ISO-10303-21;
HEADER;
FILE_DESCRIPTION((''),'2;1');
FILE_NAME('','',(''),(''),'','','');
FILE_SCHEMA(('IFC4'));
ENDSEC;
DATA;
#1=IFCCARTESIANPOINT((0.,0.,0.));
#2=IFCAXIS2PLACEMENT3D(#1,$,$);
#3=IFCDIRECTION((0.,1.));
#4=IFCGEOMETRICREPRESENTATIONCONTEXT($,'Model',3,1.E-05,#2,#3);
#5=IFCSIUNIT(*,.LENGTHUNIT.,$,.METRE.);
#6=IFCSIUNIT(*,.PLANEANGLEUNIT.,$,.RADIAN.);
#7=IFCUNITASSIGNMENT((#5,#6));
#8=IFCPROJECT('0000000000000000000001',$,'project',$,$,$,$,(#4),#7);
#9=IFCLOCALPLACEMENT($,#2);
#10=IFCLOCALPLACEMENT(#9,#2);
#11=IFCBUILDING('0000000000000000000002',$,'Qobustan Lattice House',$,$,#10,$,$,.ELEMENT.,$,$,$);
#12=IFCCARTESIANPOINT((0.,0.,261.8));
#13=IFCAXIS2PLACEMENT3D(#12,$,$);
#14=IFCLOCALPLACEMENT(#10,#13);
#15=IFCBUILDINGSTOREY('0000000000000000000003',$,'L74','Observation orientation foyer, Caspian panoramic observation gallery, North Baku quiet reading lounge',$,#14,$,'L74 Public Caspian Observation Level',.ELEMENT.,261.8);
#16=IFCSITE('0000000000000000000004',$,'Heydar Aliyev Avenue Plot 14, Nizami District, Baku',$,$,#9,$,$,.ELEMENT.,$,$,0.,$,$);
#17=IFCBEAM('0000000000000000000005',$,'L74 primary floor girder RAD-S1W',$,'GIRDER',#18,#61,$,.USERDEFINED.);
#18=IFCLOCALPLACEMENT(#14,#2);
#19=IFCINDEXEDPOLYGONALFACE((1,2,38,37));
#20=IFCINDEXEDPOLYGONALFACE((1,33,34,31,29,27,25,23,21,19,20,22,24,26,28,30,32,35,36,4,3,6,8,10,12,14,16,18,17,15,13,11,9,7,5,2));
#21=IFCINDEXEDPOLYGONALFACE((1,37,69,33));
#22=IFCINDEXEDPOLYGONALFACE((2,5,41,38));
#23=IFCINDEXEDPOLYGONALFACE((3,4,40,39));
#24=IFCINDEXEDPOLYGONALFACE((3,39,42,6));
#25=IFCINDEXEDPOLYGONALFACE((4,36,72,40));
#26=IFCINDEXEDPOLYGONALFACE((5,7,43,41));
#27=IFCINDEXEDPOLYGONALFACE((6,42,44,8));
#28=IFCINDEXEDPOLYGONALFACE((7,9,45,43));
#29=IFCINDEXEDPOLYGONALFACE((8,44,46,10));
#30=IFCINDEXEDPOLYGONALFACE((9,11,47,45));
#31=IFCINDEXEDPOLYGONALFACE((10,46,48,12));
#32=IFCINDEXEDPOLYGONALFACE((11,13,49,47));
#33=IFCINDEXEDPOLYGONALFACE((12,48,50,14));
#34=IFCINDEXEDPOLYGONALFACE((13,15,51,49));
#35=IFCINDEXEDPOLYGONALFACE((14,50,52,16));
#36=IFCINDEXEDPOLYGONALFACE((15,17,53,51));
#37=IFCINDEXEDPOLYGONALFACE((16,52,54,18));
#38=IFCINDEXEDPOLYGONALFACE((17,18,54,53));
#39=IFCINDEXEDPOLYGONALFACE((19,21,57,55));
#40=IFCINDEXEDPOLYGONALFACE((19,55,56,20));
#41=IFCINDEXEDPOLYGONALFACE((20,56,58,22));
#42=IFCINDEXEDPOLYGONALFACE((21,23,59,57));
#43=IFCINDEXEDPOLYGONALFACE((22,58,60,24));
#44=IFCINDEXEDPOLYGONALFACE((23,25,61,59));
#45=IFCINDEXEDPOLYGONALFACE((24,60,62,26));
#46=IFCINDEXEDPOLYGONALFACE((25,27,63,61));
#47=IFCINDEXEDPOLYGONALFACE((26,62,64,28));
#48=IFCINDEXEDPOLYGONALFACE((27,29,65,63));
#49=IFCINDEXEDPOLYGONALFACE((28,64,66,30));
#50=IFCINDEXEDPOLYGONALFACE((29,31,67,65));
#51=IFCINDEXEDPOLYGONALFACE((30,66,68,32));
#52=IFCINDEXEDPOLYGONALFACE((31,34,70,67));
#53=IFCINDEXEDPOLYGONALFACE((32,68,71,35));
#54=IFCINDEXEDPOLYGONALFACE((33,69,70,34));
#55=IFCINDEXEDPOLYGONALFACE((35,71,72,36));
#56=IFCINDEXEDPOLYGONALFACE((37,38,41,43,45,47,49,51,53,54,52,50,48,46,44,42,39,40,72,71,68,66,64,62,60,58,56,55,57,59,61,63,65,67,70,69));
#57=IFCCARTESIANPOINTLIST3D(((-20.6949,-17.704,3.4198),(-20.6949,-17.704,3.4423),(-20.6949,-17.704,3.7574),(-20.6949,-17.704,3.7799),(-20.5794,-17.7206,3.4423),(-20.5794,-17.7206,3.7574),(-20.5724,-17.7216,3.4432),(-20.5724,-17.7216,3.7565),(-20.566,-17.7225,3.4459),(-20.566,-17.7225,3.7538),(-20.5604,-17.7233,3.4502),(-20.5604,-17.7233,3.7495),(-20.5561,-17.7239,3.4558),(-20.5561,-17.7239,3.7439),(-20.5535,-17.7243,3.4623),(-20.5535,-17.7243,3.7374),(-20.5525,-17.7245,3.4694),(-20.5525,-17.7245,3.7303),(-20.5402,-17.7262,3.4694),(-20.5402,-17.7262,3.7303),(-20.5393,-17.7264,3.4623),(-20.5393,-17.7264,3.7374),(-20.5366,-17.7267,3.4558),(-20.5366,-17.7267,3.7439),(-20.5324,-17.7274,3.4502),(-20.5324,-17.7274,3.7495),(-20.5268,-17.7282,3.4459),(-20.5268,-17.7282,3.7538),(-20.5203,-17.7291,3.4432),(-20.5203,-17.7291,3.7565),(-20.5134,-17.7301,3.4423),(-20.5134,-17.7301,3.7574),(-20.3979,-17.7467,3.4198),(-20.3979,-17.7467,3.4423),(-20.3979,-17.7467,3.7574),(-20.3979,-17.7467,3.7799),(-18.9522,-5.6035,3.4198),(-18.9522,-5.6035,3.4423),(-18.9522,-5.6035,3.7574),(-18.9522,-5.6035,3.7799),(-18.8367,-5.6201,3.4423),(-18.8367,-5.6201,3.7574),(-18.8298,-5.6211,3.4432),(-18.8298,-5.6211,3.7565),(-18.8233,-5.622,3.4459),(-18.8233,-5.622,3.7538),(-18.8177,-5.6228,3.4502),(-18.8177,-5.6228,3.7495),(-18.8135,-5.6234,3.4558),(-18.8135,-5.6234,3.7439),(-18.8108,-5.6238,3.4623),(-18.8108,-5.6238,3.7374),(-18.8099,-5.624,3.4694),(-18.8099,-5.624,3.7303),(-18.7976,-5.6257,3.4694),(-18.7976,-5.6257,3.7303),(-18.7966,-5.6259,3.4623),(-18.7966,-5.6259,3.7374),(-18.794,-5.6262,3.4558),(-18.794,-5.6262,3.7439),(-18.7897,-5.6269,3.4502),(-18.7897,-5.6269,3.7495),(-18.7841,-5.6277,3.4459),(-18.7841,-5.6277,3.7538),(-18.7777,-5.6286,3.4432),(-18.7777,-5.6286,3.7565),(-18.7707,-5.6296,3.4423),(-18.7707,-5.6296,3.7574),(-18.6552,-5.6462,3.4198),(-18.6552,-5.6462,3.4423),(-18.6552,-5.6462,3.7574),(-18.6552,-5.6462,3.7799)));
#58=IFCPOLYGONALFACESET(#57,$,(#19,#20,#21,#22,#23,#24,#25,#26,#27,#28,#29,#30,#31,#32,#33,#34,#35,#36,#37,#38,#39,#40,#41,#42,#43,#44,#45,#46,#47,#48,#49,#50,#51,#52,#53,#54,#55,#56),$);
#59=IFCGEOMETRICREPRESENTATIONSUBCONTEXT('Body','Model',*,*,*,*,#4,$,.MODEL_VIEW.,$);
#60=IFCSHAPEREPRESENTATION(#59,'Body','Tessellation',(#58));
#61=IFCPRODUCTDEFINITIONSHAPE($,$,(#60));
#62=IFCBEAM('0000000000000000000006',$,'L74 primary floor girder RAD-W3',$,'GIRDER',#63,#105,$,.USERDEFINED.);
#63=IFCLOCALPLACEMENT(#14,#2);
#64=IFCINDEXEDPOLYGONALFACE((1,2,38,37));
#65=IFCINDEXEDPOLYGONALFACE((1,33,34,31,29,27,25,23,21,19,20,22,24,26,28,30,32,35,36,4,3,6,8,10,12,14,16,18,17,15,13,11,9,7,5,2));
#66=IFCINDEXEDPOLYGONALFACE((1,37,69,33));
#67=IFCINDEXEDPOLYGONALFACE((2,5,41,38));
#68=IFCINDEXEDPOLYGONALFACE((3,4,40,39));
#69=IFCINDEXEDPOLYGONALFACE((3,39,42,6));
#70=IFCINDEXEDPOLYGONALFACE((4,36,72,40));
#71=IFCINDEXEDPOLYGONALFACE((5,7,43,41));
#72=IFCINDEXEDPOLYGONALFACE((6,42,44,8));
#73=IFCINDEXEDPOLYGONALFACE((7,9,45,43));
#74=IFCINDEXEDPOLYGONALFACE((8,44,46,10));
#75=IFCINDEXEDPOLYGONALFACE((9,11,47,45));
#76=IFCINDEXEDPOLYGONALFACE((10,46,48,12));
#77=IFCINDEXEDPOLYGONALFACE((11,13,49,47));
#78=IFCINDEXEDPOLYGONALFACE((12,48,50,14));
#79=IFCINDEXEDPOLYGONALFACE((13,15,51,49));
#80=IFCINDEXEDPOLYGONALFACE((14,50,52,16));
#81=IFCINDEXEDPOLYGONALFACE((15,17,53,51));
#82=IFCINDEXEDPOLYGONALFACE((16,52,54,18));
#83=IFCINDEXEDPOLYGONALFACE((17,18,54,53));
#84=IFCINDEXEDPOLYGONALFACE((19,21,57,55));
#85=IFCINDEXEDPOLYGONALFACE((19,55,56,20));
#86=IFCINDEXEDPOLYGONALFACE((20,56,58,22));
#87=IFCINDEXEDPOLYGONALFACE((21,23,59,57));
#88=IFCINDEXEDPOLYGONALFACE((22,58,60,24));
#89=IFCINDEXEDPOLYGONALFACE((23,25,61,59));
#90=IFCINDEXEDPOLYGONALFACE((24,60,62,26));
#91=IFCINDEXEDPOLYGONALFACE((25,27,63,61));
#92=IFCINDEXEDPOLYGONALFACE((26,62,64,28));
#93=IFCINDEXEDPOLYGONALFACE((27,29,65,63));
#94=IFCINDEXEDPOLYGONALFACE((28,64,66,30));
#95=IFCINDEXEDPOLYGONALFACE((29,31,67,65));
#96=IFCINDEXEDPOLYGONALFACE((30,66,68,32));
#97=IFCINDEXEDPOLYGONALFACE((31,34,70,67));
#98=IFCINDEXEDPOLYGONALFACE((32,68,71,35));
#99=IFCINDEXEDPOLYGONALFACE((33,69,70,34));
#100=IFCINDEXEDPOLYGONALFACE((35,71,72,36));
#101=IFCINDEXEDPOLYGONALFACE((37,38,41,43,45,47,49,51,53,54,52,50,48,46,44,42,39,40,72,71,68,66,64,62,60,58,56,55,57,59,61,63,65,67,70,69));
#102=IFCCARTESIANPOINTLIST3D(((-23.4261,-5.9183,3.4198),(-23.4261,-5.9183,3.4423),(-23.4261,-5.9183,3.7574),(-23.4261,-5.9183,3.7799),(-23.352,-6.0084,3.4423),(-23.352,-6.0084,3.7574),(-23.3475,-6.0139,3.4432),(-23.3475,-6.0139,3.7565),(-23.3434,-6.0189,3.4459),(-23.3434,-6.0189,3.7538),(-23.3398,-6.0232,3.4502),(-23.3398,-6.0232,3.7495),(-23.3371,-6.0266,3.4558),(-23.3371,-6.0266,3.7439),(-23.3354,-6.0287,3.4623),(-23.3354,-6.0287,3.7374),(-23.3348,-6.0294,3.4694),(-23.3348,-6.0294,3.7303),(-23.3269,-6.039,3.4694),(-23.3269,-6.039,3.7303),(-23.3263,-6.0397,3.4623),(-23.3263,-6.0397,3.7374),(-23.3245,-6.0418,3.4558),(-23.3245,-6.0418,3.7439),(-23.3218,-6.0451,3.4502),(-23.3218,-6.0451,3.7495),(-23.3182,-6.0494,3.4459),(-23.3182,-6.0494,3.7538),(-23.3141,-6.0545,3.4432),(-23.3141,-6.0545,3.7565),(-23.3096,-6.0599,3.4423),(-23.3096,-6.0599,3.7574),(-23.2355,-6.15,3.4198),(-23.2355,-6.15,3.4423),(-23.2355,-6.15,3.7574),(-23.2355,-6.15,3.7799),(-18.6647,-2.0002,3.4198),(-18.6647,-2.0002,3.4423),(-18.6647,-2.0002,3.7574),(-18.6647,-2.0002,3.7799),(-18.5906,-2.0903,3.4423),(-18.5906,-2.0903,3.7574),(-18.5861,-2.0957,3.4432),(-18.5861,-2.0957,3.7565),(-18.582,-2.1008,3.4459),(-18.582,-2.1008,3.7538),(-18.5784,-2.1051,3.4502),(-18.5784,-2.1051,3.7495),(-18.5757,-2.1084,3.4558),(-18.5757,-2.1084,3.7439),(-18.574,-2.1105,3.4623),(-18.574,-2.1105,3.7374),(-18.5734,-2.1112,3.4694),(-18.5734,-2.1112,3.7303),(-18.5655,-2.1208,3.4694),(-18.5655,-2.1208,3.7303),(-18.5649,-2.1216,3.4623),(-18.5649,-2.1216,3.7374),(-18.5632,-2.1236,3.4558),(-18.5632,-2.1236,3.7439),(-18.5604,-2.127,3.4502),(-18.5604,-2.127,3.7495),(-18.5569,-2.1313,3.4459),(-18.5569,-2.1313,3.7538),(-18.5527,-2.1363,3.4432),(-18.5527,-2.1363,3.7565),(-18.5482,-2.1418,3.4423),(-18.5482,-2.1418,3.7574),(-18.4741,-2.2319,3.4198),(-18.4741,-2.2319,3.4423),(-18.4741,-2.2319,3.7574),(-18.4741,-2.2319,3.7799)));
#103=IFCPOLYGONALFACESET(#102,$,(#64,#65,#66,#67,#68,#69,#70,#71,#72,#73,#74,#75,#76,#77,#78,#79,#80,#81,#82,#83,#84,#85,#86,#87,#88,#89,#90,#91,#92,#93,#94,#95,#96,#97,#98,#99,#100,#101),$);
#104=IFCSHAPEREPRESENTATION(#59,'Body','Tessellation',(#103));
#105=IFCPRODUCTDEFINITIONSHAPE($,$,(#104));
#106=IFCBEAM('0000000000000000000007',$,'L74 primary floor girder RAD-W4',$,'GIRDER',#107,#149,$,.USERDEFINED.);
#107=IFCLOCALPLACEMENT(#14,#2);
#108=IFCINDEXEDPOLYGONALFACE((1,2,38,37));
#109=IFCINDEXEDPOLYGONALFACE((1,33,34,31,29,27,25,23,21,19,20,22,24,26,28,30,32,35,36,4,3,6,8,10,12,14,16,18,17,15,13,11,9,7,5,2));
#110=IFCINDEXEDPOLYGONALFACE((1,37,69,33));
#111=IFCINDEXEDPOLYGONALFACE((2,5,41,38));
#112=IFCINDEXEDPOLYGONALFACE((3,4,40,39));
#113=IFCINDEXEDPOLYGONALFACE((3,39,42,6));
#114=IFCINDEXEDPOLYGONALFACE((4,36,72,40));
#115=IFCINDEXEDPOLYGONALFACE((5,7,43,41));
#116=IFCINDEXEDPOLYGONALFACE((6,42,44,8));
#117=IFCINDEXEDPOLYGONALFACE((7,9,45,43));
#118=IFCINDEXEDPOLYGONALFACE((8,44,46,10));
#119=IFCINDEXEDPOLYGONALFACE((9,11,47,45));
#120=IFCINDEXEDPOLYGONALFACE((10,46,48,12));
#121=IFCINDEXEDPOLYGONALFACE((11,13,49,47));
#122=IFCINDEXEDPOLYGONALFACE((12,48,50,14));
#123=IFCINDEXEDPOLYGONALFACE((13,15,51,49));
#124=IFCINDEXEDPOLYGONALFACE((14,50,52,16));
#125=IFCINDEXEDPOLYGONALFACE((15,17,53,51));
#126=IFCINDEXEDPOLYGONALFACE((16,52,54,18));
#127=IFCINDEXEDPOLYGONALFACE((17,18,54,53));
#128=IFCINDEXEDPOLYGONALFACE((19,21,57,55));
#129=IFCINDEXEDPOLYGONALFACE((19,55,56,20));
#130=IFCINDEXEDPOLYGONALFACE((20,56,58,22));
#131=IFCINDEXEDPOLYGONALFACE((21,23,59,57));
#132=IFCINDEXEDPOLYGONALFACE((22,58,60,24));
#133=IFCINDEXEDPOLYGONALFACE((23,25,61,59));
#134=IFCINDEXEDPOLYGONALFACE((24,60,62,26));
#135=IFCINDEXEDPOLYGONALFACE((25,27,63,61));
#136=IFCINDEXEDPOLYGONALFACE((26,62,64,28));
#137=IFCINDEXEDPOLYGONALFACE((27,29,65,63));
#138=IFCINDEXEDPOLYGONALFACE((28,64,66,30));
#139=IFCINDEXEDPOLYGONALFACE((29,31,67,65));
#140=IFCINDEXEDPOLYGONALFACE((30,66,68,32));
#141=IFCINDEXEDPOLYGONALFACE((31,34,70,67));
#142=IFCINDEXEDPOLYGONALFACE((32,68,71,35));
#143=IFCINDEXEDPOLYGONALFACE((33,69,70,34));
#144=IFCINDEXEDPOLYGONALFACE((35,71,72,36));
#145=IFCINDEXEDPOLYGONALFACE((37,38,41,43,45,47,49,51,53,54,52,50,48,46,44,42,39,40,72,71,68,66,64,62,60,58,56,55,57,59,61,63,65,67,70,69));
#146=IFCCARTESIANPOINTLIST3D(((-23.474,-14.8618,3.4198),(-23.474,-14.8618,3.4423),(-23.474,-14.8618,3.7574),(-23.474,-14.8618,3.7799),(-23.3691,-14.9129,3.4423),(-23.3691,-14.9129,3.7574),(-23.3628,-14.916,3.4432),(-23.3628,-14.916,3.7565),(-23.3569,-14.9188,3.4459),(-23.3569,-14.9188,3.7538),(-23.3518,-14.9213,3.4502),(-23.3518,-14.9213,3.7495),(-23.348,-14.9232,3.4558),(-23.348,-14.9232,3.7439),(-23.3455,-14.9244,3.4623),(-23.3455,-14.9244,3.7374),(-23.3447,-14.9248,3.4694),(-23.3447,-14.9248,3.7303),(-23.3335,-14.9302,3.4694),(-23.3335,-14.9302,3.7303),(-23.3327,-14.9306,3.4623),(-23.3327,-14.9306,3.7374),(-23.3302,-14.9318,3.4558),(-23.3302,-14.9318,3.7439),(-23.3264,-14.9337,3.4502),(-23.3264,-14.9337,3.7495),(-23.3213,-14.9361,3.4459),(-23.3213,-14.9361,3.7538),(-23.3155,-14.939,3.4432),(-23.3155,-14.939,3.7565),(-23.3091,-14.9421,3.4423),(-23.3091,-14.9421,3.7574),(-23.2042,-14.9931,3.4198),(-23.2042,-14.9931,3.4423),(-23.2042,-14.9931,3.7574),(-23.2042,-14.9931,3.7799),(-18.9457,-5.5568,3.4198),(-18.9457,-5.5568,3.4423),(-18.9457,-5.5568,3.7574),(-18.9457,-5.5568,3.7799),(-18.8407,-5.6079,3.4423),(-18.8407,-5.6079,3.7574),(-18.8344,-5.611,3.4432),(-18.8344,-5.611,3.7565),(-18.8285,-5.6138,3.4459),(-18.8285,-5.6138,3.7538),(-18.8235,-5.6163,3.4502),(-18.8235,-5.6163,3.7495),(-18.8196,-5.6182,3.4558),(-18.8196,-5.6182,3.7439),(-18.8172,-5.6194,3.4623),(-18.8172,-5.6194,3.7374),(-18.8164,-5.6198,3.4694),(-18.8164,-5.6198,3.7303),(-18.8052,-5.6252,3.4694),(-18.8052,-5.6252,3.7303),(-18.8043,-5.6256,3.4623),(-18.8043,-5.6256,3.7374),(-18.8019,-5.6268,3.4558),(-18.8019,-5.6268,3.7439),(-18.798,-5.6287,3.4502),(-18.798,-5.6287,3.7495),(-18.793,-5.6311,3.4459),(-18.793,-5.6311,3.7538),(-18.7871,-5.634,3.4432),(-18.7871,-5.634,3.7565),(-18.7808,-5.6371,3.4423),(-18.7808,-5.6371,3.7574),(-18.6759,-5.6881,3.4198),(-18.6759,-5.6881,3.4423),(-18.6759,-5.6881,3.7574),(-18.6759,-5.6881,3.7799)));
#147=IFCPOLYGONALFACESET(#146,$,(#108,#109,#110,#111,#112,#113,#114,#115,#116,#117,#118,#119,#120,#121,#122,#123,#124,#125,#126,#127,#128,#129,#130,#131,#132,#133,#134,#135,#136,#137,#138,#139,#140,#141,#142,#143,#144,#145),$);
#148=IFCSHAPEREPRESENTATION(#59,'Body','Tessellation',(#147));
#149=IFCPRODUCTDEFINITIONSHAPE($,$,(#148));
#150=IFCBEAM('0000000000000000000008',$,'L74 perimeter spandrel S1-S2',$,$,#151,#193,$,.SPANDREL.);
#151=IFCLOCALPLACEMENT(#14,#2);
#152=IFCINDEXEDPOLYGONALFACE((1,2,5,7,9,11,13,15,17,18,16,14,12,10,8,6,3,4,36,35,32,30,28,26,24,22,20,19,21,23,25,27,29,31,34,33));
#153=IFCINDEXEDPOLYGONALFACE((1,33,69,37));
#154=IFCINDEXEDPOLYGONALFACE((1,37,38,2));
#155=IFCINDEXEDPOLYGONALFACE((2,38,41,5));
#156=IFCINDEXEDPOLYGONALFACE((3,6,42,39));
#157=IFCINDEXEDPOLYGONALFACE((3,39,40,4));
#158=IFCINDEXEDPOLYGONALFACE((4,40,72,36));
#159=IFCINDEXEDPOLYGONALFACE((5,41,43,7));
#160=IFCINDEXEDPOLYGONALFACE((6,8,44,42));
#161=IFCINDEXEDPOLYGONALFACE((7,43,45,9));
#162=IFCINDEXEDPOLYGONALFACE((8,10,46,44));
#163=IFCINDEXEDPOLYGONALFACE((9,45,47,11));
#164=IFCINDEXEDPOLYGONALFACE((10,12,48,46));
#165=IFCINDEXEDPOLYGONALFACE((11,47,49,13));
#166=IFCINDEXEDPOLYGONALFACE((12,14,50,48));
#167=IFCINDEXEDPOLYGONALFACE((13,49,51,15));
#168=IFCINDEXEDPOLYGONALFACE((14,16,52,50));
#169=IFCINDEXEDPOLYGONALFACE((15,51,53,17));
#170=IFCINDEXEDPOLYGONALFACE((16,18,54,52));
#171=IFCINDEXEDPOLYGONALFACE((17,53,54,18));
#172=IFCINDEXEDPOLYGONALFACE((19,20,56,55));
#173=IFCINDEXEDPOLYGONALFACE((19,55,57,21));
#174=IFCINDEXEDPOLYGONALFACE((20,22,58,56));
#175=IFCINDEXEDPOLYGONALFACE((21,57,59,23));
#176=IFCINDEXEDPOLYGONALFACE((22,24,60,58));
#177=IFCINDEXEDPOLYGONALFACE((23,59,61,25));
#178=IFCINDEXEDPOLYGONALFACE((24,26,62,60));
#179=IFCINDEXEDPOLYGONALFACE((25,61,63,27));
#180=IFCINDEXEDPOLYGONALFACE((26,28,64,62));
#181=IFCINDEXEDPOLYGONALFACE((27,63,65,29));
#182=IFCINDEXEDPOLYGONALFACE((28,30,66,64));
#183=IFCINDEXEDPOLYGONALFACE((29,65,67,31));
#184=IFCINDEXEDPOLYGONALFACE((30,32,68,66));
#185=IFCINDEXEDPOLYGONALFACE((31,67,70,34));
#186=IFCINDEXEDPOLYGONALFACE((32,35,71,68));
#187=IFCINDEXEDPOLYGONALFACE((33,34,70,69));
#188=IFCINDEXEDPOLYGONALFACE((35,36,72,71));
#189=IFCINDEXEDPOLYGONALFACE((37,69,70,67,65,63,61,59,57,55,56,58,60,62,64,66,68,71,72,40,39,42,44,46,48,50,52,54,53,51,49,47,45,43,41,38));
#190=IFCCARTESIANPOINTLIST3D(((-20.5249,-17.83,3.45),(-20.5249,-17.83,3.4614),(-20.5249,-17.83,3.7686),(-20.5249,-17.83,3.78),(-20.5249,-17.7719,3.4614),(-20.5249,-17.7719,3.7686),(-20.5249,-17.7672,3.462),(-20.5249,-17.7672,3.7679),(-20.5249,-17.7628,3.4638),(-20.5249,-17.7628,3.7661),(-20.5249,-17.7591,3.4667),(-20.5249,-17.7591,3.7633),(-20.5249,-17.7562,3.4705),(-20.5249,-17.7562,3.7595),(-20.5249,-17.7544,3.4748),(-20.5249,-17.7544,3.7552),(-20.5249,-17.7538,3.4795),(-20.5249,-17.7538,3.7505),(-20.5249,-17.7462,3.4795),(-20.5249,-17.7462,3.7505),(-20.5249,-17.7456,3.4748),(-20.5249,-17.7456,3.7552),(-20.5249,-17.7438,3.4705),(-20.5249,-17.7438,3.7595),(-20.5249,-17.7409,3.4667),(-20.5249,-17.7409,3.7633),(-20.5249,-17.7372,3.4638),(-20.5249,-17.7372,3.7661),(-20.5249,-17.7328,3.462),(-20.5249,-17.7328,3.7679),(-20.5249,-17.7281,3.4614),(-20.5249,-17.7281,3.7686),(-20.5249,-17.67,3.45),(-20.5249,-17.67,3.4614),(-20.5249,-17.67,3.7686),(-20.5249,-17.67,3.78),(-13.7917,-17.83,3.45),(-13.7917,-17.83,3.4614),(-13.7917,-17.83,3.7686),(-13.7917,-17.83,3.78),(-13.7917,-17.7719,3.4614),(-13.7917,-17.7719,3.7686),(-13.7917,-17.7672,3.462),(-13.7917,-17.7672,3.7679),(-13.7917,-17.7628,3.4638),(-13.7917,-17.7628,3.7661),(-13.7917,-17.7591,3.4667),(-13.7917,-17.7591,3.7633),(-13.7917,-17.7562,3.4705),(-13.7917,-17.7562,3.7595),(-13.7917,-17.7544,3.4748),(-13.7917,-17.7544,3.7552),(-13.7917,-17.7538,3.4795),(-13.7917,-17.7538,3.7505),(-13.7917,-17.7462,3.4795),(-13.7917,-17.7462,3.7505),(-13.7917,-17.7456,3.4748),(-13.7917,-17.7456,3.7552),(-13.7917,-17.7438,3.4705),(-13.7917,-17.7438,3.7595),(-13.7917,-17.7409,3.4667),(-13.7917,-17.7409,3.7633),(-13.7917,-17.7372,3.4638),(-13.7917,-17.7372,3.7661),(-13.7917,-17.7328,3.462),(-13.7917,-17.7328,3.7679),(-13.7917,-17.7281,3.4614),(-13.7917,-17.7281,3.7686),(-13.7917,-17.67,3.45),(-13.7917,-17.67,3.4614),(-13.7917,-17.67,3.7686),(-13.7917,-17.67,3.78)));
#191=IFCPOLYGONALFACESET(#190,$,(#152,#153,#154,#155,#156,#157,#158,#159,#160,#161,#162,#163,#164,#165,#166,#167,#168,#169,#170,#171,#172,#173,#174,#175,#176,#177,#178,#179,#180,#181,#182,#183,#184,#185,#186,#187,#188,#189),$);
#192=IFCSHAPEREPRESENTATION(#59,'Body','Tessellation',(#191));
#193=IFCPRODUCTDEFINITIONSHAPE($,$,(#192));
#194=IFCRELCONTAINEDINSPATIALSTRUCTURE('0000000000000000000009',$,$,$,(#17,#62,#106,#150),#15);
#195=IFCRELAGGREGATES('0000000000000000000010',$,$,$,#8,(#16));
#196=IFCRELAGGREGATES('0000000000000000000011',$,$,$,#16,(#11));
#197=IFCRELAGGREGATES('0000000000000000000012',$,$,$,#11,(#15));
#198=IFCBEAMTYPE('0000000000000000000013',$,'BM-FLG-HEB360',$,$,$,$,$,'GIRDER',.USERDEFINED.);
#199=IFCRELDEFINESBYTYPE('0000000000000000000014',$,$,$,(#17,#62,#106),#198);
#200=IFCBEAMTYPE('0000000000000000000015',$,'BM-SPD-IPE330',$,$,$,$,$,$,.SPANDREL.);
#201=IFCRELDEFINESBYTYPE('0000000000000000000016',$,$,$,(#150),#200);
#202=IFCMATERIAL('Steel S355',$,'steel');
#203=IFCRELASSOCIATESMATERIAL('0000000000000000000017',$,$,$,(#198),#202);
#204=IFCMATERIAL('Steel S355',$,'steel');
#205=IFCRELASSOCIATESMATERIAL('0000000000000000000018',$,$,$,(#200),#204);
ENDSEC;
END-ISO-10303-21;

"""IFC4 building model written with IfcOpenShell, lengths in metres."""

from ifc_helpers import new_model, si_unit, direction, frame, origin, origin_2d, place, context, subcontext, project, spatial, i_section, extrude, material, material_profile, profile_set, type_object, element, save


model = new_model("IFC4")

# Units and contexts
model_context = context("Model", 3, precision=1e-05, world=origin(), true_north=direction((0.0, 1.0)))
body_context = subcontext(model_context, "Body", "Model", "MODEL_VIEW")
ifc_project = project(units=[si_unit("LENGTHUNIT", "METRE"), si_unit("PLANEANGLEUNIT", "RADIAN")], contexts=[model_context])

# Site, building, storey
site_placement = place(None, origin())
site = spatial("IfcSite", under=ifc_project, at=site_placement, Name="Heydar Aliyev Avenue Plot 14, Nizami District, Baku", CompositionType="ELEMENT", RefElevation=0.0)
building_placement = place(site_placement, origin())
building = spatial("IfcBuilding", under=site, at=building_placement, Name="Qobustan Lattice House", CompositionType="ELEMENT")
storey_placement = place(building_placement, frame((0.0, 0.0, 261.8)))
storey = spatial("IfcBuildingStorey", under=building, at=storey_placement, Name="L74", Description="Observation orientation foyer, Caspian panoramic observation gallery, North Baku quiet reading lounge", LongName="L74 Public Caspian Observation Level", CompositionType="ELEMENT", Elevation=261.8)

# Beams
ifc_material_1 = material(Name="Steel S355", Category="steel")
ifc_material_profile_1 = material_profile(ifc_material_1, i_section(OverallWidth=0.3, OverallDepth=0.3601, WebThickness=0.0125, FlangeThickness=0.0225, FilletRadius=0.0271, at=origin_2d()), Name="HEB360")
ifc_profile_set_1 = profile_set([ifc_material_profile_1], Name="Steel S355")
beam_type_1 = type_object("IfcBeamType", Name="BM-FLG-HEB360", ElementType="GIRDER", PredefinedType="USERDEFINED", material=ifc_profile_set_1)
beam_1_placement = place(storey_placement, frame((-20.5464, -17.7253, 3.5999), z_axis=(0.142545, 0.989788, 0.0), x_axis=(-0.989788, 0.142545, 0.0)))
element("IfcBeam", 1, at=beam_1_placement, inside=storey, type_object=beam_type_1, Name="L74 primary floor girder RAD-S1W", ObjectType="GIRDER", PredefinedType="USERDEFINED", context=body_context, shape_type="SweptSolid", body=[
    extrude(i_section(OverallWidth=0.3, OverallDepth=0.3601, WebThickness=0.0125, FlangeThickness=0.0225, FilletRadius=0.0271, at=origin_2d()), origin(), (0.0, 0.0, 1.0), 12.2253),
])
beam_2_placement = place(storey_placement, frame((-23.3308, -6.0342, 3.5999), z_axis=(0.772169, 0.635417, 0.0), x_axis=(-0.635417, 0.772169, 0.0)))
element("IfcBeam", 2, at=beam_2_placement, inside=storey, type_object=beam_type_1, Name="L74 primary floor girder RAD-W3", ObjectType="GIRDER", PredefinedType="USERDEFINED", context=body_context, shape_type="SweptSolid", body=[
    extrude(i_section(OverallWidth=0.3, OverallDepth=0.3601, WebThickness=0.0125, FlangeThickness=0.0225, FilletRadius=0.0271, at=origin_2d()), origin(), (0.0, 0.0, 1.0), 6.1663),
])
beam_3_placement = place(storey_placement, frame((-23.3391, -14.9275, 3.5999), z_axis=(0.43759, 0.899174, 0.0), x_axis=(-0.899174, 0.43759, 0.0)))
element("IfcBeam", 3, at=beam_3_placement, inside=storey, type_object=beam_type_1, Name="L74 primary floor girder RAD-W4", ObjectType="GIRDER", PredefinedType="USERDEFINED", context=body_context, shape_type="SweptSolid", body=[
    extrude(i_section(OverallWidth=0.3, OverallDepth=0.3601, WebThickness=0.0125, FlangeThickness=0.0225, FilletRadius=0.0271, at=origin_2d()), origin(), (0.0, 0.0, 1.0), 10.3484),
])
ifc_material_2 = material(Name="Steel S355", Category="steel")
ifc_material_profile_2 = material_profile(ifc_material_2, i_section(OverallWidth=0.1599, OverallDepth=0.3301, WebThickness=0.0076, FlangeThickness=0.0115, FilletRadius=0.0181, at=origin_2d()), Name="IPE330")
ifc_profile_set_2 = profile_set([ifc_material_profile_2], Name="Steel S355")
beam_type_2 = type_object("IfcBeamType", Name="BM-SPD-IPE330", PredefinedType="SPANDREL", material=ifc_profile_set_2)
beam_4_placement = place(storey_placement, frame((-20.5249, -17.75, 3.615), z_axis=(1.0, 0.0, 0.0), x_axis=(0.0, 1.0, 0.0)))
element("IfcBeam", 4, at=beam_4_placement, inside=storey, type_object=beam_type_2, Name="L74 perimeter spandrel S1-S2", PredefinedType="SPANDREL", context=body_context, shape_type="SweptSolid", body=[
    extrude(i_section(OverallWidth=0.1599, OverallDepth=0.3301, WebThickness=0.0076, FlangeThickness=0.0115, FilletRadius=0.0181, at=origin_2d()), origin(), (0.0, 0.0, 1.0), 6.7332),
])

save(model, "model.ifc")
